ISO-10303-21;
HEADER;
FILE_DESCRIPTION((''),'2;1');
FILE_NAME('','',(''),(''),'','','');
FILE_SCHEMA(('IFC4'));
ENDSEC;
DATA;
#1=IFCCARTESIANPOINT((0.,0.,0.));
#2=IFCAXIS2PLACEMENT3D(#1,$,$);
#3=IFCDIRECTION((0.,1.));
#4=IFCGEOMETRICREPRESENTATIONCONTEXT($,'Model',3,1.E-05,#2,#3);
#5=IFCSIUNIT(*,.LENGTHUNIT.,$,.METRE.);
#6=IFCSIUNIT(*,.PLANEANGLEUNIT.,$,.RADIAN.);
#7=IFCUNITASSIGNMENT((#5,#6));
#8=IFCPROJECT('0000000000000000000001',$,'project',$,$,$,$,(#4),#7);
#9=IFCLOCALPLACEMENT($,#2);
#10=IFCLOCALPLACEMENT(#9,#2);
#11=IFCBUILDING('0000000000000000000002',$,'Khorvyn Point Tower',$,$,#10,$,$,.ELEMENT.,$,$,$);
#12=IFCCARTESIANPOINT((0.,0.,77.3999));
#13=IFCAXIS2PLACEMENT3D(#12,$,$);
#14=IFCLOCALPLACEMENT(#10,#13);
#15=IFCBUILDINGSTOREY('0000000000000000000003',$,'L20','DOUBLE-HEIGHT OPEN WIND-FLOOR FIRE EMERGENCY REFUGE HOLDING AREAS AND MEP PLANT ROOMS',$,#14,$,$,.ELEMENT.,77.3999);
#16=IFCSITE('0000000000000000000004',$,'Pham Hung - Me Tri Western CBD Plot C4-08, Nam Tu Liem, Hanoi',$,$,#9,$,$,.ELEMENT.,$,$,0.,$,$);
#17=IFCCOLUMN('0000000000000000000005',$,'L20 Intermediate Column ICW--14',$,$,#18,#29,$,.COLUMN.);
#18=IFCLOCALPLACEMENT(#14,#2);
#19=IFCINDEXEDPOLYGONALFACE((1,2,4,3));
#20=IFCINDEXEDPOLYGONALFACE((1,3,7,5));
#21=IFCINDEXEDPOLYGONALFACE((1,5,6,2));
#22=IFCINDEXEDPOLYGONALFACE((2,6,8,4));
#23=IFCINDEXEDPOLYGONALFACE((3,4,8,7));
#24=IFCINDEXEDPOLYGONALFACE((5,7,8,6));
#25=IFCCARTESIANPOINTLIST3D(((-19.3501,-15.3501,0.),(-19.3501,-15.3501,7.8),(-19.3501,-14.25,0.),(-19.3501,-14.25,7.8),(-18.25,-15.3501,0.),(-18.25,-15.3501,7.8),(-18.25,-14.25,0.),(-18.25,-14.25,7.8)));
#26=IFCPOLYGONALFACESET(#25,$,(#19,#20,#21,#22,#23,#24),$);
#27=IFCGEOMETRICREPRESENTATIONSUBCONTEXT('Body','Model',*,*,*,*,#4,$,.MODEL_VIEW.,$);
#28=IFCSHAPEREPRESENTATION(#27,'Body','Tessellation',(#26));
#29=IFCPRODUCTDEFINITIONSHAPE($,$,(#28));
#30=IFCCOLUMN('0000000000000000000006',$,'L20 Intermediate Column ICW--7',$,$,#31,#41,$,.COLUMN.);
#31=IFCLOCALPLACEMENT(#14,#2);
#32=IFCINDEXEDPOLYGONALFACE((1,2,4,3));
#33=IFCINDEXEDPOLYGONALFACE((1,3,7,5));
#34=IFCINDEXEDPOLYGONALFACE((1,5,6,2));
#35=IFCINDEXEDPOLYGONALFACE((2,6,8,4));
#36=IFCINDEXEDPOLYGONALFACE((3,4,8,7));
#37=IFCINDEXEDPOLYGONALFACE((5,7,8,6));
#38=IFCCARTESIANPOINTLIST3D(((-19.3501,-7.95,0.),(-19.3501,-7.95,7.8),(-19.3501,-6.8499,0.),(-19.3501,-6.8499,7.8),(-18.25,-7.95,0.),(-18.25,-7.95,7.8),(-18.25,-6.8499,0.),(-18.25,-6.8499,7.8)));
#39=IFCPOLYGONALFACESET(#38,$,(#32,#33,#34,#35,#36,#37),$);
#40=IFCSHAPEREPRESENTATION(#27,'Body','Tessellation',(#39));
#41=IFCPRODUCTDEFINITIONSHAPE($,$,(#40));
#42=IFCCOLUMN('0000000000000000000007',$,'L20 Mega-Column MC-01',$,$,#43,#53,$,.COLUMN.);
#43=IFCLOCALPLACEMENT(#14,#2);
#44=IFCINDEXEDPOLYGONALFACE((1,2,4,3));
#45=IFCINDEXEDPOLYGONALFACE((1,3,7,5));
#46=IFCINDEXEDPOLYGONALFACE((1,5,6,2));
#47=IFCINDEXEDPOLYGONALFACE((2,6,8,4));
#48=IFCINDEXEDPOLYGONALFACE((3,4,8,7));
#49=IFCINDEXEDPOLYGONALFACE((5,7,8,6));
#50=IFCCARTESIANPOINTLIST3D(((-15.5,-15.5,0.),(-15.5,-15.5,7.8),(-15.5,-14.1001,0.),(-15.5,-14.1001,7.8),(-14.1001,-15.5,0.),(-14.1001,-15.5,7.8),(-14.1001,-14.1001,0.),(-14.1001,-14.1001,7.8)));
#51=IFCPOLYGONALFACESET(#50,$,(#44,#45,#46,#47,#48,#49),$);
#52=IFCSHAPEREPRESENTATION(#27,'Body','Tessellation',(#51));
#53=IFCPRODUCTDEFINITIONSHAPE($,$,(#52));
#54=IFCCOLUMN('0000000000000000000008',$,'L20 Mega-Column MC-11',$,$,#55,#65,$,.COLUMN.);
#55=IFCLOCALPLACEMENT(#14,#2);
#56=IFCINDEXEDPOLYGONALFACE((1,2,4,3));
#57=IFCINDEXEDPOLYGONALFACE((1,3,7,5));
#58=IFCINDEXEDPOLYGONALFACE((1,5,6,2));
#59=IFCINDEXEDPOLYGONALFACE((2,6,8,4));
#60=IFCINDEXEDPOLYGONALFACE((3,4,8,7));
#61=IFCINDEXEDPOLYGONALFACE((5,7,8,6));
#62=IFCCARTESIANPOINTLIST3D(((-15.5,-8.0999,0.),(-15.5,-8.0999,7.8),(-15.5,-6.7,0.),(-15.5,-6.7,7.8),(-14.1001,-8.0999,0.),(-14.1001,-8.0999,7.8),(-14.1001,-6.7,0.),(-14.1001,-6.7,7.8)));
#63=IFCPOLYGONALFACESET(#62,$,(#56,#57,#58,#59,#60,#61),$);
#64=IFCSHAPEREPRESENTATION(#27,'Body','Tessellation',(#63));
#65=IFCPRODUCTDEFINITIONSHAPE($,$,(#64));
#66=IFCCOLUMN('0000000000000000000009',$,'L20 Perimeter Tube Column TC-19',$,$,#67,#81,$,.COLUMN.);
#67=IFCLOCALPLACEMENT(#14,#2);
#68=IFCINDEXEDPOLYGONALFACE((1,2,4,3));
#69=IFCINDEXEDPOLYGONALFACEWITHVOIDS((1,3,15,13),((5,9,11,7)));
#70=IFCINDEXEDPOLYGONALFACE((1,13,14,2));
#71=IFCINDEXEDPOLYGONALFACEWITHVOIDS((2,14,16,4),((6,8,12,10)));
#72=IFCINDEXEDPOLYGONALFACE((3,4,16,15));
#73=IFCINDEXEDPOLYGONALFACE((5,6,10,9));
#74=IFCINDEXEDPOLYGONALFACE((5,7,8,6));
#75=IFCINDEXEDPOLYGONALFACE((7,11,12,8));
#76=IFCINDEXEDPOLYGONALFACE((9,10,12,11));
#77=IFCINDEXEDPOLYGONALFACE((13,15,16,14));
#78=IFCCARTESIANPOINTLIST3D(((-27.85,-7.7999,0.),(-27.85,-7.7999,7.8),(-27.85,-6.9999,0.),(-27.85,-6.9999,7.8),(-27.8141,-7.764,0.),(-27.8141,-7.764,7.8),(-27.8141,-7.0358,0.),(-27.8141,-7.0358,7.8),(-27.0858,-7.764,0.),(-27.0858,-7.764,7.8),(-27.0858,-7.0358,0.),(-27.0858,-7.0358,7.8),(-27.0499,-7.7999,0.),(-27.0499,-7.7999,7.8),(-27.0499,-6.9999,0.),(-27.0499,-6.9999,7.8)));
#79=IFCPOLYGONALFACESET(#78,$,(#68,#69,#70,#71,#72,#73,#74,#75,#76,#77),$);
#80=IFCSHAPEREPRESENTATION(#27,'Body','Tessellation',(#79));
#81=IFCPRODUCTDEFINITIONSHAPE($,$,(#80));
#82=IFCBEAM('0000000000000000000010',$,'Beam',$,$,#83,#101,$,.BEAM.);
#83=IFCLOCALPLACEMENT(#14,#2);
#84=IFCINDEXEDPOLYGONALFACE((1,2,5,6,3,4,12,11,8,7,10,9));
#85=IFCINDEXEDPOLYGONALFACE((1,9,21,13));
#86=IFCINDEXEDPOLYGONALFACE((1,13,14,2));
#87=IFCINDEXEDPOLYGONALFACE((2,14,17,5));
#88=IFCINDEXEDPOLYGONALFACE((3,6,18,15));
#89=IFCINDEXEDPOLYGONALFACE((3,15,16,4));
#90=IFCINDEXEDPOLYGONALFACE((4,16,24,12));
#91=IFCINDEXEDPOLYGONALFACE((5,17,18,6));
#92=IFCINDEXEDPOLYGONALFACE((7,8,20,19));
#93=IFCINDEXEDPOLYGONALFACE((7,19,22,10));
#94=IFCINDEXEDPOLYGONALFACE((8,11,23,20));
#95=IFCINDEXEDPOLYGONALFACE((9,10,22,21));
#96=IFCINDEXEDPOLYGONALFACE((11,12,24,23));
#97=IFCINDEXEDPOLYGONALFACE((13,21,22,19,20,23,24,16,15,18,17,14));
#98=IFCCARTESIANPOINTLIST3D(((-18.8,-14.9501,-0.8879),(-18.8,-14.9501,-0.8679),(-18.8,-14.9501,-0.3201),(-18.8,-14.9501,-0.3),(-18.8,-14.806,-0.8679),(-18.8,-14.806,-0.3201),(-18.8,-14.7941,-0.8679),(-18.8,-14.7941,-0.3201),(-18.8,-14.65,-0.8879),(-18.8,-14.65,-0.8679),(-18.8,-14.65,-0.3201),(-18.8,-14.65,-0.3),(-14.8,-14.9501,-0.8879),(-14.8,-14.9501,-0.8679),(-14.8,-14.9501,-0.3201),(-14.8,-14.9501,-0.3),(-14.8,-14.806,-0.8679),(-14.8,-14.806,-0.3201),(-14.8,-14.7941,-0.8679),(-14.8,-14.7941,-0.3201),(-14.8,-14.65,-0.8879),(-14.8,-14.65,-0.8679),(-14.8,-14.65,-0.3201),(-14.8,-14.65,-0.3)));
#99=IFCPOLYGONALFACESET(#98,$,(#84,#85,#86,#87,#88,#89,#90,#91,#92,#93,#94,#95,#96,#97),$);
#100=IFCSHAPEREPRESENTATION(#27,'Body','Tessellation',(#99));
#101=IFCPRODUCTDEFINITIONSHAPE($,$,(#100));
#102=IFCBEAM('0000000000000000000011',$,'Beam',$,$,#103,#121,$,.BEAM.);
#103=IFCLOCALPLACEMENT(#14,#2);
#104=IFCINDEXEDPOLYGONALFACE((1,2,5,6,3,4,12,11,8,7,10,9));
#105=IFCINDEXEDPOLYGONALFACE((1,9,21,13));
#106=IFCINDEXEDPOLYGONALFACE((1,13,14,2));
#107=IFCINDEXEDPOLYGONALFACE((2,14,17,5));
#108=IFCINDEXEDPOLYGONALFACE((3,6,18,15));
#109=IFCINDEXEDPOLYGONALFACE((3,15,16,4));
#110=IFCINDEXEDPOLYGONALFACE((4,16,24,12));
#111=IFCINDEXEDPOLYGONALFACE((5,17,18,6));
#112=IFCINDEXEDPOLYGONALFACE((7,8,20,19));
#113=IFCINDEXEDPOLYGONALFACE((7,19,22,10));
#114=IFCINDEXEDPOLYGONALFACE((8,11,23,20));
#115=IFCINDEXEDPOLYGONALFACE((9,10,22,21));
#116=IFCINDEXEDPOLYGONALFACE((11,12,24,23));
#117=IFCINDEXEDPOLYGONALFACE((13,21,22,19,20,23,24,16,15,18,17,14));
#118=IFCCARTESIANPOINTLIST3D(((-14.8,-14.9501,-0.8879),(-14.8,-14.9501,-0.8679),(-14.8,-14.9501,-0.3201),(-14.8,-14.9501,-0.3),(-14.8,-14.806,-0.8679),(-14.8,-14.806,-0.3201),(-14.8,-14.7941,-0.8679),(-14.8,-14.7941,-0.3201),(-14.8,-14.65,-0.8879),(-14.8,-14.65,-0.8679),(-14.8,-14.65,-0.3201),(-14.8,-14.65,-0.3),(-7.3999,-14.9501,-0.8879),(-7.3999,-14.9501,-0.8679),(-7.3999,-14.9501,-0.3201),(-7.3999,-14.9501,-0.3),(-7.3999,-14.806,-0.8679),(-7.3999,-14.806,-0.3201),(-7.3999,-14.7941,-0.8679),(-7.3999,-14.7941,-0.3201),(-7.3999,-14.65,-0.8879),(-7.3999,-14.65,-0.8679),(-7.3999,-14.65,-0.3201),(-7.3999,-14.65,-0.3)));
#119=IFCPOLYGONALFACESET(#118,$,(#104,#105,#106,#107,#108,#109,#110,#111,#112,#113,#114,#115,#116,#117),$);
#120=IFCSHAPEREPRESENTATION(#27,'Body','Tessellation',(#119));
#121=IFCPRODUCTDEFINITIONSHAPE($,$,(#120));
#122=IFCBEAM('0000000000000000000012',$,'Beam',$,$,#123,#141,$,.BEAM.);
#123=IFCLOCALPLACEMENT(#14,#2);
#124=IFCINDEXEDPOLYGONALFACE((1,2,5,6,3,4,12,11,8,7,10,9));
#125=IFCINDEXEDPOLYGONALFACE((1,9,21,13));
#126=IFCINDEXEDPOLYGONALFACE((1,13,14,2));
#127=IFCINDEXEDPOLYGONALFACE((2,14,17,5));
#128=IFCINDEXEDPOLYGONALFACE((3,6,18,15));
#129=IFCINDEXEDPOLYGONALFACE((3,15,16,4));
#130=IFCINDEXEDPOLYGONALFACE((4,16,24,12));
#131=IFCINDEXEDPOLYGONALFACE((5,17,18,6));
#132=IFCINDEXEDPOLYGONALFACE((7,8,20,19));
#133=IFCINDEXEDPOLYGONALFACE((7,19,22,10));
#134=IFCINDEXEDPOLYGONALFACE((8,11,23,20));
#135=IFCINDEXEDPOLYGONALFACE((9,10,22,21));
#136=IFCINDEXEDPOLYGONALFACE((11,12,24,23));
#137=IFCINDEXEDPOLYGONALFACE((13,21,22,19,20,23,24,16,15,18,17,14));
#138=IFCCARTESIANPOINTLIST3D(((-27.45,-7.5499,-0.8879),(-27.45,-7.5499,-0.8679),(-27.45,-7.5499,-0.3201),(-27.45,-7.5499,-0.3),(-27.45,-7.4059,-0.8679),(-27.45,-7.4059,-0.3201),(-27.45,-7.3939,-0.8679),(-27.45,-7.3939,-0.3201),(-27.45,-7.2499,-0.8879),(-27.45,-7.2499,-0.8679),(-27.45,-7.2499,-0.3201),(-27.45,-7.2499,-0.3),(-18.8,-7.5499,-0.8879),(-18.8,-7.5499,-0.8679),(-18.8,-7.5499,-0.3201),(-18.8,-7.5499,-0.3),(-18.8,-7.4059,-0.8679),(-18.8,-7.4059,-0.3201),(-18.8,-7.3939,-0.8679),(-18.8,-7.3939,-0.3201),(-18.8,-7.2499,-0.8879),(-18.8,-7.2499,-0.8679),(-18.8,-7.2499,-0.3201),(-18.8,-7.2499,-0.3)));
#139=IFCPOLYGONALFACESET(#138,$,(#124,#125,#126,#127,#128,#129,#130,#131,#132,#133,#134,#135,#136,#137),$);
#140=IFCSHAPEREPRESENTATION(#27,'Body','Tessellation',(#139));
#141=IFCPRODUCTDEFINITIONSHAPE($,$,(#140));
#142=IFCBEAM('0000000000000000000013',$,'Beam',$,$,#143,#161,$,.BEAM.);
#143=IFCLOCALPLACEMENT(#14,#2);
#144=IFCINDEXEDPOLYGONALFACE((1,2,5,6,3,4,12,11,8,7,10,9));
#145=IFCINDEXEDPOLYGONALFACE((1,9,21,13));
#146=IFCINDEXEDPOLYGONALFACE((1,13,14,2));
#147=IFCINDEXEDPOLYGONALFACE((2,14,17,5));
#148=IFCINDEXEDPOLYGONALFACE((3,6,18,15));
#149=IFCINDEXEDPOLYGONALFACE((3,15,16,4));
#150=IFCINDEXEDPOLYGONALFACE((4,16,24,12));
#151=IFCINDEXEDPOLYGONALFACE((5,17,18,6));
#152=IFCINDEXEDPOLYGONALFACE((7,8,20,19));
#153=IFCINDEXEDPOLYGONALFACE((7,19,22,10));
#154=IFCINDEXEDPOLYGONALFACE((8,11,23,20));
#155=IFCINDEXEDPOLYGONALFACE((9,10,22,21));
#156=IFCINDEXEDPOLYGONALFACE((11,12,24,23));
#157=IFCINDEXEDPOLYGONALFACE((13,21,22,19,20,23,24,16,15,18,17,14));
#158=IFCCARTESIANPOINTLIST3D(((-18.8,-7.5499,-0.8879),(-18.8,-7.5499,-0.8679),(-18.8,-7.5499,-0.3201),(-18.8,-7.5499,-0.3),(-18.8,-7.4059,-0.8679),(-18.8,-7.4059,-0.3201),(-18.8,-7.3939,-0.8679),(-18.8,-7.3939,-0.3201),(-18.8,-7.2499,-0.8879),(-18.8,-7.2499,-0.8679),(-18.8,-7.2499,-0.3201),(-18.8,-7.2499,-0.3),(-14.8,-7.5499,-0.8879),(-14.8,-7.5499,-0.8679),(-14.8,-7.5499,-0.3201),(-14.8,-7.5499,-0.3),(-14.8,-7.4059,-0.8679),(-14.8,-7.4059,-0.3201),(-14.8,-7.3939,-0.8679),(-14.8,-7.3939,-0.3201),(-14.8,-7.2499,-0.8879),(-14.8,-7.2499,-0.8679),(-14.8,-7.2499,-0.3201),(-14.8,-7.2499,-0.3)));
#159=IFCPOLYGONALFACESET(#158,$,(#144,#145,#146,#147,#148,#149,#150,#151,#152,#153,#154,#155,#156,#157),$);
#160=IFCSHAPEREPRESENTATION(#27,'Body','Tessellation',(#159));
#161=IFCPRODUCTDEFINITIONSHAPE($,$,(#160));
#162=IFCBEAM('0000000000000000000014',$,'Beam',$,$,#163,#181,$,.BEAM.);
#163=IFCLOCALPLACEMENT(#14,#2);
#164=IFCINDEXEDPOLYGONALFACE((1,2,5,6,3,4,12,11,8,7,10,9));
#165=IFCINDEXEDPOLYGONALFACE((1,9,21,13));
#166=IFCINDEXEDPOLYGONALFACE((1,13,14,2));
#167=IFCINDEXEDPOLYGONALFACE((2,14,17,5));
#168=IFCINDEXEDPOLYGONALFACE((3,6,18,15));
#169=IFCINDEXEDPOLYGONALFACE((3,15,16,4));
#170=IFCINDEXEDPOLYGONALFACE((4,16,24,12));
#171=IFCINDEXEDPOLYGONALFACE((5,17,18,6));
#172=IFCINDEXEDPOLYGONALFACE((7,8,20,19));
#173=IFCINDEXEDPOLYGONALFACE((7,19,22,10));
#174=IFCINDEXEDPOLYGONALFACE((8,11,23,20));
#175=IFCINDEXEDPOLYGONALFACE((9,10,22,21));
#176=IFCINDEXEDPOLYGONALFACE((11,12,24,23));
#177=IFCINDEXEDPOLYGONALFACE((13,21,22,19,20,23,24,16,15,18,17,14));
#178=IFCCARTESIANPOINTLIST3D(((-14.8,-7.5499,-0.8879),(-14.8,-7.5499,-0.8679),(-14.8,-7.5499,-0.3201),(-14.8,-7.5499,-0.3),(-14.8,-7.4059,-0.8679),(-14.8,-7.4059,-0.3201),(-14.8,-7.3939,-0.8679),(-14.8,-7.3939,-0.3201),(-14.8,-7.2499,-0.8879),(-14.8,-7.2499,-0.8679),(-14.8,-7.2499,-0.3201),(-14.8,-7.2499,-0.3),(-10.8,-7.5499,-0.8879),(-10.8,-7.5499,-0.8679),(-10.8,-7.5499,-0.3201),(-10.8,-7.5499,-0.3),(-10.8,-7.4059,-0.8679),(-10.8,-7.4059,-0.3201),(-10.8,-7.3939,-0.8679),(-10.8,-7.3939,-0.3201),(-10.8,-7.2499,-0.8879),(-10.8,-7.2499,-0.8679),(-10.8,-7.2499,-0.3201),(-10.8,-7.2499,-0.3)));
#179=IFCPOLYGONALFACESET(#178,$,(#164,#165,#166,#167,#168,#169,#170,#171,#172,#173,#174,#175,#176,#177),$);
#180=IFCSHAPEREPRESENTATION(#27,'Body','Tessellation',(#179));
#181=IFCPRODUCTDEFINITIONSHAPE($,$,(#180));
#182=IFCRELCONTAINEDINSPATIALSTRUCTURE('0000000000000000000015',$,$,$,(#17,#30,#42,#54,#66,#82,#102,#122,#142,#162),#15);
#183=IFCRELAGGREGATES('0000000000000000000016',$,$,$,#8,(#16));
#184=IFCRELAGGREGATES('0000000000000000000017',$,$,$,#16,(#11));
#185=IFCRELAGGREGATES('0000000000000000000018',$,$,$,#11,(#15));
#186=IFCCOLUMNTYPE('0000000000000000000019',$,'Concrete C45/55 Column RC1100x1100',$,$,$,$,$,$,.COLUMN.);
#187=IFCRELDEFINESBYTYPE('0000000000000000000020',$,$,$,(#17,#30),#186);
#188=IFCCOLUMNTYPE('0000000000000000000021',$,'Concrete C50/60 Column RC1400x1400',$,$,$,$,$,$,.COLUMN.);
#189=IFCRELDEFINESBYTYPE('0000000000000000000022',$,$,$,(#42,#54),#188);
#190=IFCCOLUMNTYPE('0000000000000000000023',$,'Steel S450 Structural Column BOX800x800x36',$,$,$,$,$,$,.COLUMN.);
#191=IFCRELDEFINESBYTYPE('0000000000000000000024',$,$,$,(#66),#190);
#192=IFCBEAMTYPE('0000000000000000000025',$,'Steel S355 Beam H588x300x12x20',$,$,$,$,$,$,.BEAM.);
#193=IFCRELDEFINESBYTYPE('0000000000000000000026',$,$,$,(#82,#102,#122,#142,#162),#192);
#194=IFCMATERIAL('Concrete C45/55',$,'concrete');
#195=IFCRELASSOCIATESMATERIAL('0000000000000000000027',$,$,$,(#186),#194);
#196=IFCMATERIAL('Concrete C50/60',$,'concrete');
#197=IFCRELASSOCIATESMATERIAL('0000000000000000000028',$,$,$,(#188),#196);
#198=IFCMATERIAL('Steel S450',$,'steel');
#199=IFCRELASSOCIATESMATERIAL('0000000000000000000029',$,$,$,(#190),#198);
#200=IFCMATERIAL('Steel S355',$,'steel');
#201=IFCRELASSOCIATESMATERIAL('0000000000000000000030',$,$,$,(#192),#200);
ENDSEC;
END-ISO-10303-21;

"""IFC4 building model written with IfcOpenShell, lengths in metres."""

from ifc_helpers import new_model, si_unit, direction, frame, origin, origin_2d, place, context, subcontext, project, spatial, rectangle, hollow_rectangle, i_section, extrude, material, material_profile, profile_set, type_object, element, save


model = new_model("IFC4")

# Units and contexts
model_context = context("Model", 3, precision=1e-05, world=origin(), true_north=direction((0.0, 1.0)))
body_context = subcontext(model_context, "Body", "Model", "MODEL_VIEW")
ifc_project = project(units=[si_unit("LENGTHUNIT", "METRE"), si_unit("PLANEANGLEUNIT", "RADIAN")], contexts=[model_context])

# Site, building, storey
site_placement = place(None, origin())
site = spatial("IfcSite", under=ifc_project, at=site_placement, Name="Pham Hung - Me Tri Western CBD Plot C4-08, Nam Tu Liem, Hanoi", CompositionType="ELEMENT", RefElevation=0.0)
building_placement = place(site_placement, origin())
building = spatial("IfcBuilding", under=site, at=building_placement, Name="Khorvyn Point Tower", CompositionType="ELEMENT")
storey_placement = place(building_placement, frame((0.0, 0.0, 77.3999)))
storey = spatial("IfcBuildingStorey", under=building, at=storey_placement, Name="L20", Description="DOUBLE-HEIGHT OPEN WIND-FLOOR FIRE EMERGENCY REFUGE HOLDING AREAS AND MEP PLANT ROOMS", CompositionType="ELEMENT", Elevation=77.3999)

# Columns
ifc_material_1 = material(Name="Concrete C45/55", Category="concrete")
ifc_material_profile_1 = material_profile(ifc_material_1, rectangle(XDim=1.1001, YDim=1.1001, at=origin_2d()))
ifc_profile_set_1 = profile_set([ifc_material_profile_1], Name="Concrete C45/55 RC1100x1100")
column_type_1 = type_object("IfcColumnType", Name="Concrete C45/55 Column RC1100x1100", PredefinedType="COLUMN", material=ifc_profile_set_1)
for number, where, z_axis, x_axis, name in (
    (1, (-18.8, -14.8, 0.0), (0.0, 0.0, 1.0), (1.0, 0.0, 0.0), "L20 Intermediate Column ICW--14"),
    (2, (-18.8, -7.3999, 0.0), (0.0, 0.0, 1.0), (1.0, 0.0, 0.0), "L20 Intermediate Column ICW--7"),
):
    element("IfcColumn", number, at=place(storey_placement, frame(where, z_axis=z_axis, x_axis=x_axis)), inside=storey, type_object=column_type_1, Name=name, PredefinedType="COLUMN", context=body_context, shape_type="SweptSolid", body=[
        extrude(rectangle(XDim=1.1001, YDim=1.1001, at=origin_2d()), origin(), (0.0, 0.0, 1.0), 7.8),
    ])
ifc_material_2 = material(Name="Concrete C50/60", Category="concrete")
ifc_material_profile_2 = material_profile(ifc_material_2, rectangle(XDim=1.3999, YDim=1.3999, at=origin_2d()))
ifc_profile_set_2 = profile_set([ifc_material_profile_2], Name="Concrete C50/60 RC1400x1400")
column_type_2 = type_object("IfcColumnType", Name="Concrete C50/60 Column RC1400x1400", PredefinedType="COLUMN", material=ifc_profile_set_2)
for number, where, z_axis, x_axis, name in (
    (3, (-14.8, -14.8, 0.0), (0.0, 0.0, 1.0), (1.0, 0.0, 0.0), "L20 Mega-Column MC-01"),
    (4, (-14.8, -7.3999, 0.0), (0.0, 0.0, 1.0), (1.0, 0.0, 0.0), "L20 Mega-Column MC-11"),
):
    element("IfcColumn", number, at=place(storey_placement, frame(where, z_axis=z_axis, x_axis=x_axis)), inside=storey, type_object=column_type_2, Name=name, PredefinedType="COLUMN", context=body_context, shape_type="SweptSolid", body=[
        extrude(rectangle(XDim=1.3999, YDim=1.3999, at=origin_2d()), origin(), (0.0, 0.0, 1.0), 7.8),
    ])
ifc_material_3 = material(Name="Steel S450", Category="steel")
ifc_material_profile_3 = material_profile(ifc_material_3, hollow_rectangle(XDim=0.8, YDim=0.8, WallThickness=0.0359, at=origin_2d()))
ifc_profile_set_3 = profile_set([ifc_material_profile_3], Name="Steel S450 BOX800x800x36")
column_type_3 = type_object("IfcColumnType", Name="Steel S450 Structural Column BOX800x800x36", PredefinedType="COLUMN", material=ifc_profile_set_3)
column_placement = place(storey_placement, frame((-27.45, -7.3999, 0.0), z_axis=(0.0, 0.0, 1.0), x_axis=(1.0, 0.0, 0.0)))
element("IfcColumn", 5, at=column_placement, inside=storey, type_object=column_type_3, Name="L20 Perimeter Tube Column TC-19", PredefinedType="COLUMN", context=body_context, shape_type="SweptSolid", body=[
    extrude(hollow_rectangle(XDim=0.8, YDim=0.8, WallThickness=0.0359, at=origin_2d()), origin(), (0.0, 0.0, 1.0), 7.8),
])

# Beams
ifc_material_4 = material(Name="Steel S355", Category="steel")
ifc_material_profile_4 = material_profile(ifc_material_4, i_section(OverallWidth=0.3, OverallDepth=0.5879, WebThickness=0.012, FlangeThickness=0.02, at=origin_2d()))
ifc_profile_set_4 = profile_set([ifc_material_profile_4], Name="Steel S355 H588x300x12x20")
beam_type_1 = type_object("IfcBeamType", Name="Steel S355 Beam H588x300x12x20", PredefinedType="BEAM", material=ifc_profile_set_4)
beam_1_placement = place(storey_placement, frame((-18.8, -14.8, -0.594), z_axis=(1.0, 0.0, 0.0), x_axis=(0.0, 1.0, 0.0)))
element("IfcBeam", 6, at=beam_1_placement, inside=storey, type_object=beam_type_1, Name="Beam", PredefinedType="BEAM", context=body_context, shape_type="SweptSolid", body=[
    extrude(i_section(OverallWidth=0.3, OverallDepth=0.5879, WebThickness=0.012, FlangeThickness=0.02, at=origin_2d()), origin(), (0.0, 0.0, 1.0), 4.0),
])
beam_2_placement = place(storey_placement, frame((-14.8, -14.8, -0.594), z_axis=(1.0, 0.0, 0.0), x_axis=(0.0, 1.0, 0.0)))
element("IfcBeam", 7, at=beam_2_placement, inside=storey, type_object=beam_type_1, Name="Beam", PredefinedType="BEAM", context=body_context, shape_type="SweptSolid", body=[
    extrude(i_section(OverallWidth=0.3, OverallDepth=0.5879, WebThickness=0.012, FlangeThickness=0.02, at=origin_2d()), origin(), (0.0, 0.0, 1.0), 7.4001),
])
beam_3_placement = place(storey_placement, frame((-27.45, -7.3999, -0.594), z_axis=(1.0, 0.0, 0.0), x_axis=(0.0, 1.0, 0.0)))
element("IfcBeam", 8, at=beam_3_placement, inside=storey, type_object=beam_type_1, Name="Beam", PredefinedType="BEAM", context=body_context, shape_type="SweptSolid", body=[
    extrude(i_section(OverallWidth=0.3, OverallDepth=0.5879, WebThickness=0.012, FlangeThickness=0.02, at=origin_2d()), origin(), (0.0, 0.0, 1.0), 8.6499),
])
for number, where, z_axis, x_axis, name in (
    (9, (-18.8, -7.3999, -0.594), (1.0, 0.0, 0.0), (0.0, 1.0, 0.0), "Beam"),
    (10, (-14.8, -7.3999, -0.594), (1.0, 0.0, 0.0), (0.0, 1.0, 0.0), "Beam"),
):
    element("IfcBeam", number, at=place(storey_placement, frame(where, z_axis=z_axis, x_axis=x_axis)), inside=storey, type_object=beam_type_1, Name=name, PredefinedType="BEAM", context=body_context, shape_type="SweptSolid", body=[
        extrude(i_section(OverallWidth=0.3, OverallDepth=0.5879, WebThickness=0.012, FlangeThickness=0.02, at=origin_2d()), origin(), (0.0, 0.0, 1.0), 4.0),
    ])

save(model, "model.ifc")
